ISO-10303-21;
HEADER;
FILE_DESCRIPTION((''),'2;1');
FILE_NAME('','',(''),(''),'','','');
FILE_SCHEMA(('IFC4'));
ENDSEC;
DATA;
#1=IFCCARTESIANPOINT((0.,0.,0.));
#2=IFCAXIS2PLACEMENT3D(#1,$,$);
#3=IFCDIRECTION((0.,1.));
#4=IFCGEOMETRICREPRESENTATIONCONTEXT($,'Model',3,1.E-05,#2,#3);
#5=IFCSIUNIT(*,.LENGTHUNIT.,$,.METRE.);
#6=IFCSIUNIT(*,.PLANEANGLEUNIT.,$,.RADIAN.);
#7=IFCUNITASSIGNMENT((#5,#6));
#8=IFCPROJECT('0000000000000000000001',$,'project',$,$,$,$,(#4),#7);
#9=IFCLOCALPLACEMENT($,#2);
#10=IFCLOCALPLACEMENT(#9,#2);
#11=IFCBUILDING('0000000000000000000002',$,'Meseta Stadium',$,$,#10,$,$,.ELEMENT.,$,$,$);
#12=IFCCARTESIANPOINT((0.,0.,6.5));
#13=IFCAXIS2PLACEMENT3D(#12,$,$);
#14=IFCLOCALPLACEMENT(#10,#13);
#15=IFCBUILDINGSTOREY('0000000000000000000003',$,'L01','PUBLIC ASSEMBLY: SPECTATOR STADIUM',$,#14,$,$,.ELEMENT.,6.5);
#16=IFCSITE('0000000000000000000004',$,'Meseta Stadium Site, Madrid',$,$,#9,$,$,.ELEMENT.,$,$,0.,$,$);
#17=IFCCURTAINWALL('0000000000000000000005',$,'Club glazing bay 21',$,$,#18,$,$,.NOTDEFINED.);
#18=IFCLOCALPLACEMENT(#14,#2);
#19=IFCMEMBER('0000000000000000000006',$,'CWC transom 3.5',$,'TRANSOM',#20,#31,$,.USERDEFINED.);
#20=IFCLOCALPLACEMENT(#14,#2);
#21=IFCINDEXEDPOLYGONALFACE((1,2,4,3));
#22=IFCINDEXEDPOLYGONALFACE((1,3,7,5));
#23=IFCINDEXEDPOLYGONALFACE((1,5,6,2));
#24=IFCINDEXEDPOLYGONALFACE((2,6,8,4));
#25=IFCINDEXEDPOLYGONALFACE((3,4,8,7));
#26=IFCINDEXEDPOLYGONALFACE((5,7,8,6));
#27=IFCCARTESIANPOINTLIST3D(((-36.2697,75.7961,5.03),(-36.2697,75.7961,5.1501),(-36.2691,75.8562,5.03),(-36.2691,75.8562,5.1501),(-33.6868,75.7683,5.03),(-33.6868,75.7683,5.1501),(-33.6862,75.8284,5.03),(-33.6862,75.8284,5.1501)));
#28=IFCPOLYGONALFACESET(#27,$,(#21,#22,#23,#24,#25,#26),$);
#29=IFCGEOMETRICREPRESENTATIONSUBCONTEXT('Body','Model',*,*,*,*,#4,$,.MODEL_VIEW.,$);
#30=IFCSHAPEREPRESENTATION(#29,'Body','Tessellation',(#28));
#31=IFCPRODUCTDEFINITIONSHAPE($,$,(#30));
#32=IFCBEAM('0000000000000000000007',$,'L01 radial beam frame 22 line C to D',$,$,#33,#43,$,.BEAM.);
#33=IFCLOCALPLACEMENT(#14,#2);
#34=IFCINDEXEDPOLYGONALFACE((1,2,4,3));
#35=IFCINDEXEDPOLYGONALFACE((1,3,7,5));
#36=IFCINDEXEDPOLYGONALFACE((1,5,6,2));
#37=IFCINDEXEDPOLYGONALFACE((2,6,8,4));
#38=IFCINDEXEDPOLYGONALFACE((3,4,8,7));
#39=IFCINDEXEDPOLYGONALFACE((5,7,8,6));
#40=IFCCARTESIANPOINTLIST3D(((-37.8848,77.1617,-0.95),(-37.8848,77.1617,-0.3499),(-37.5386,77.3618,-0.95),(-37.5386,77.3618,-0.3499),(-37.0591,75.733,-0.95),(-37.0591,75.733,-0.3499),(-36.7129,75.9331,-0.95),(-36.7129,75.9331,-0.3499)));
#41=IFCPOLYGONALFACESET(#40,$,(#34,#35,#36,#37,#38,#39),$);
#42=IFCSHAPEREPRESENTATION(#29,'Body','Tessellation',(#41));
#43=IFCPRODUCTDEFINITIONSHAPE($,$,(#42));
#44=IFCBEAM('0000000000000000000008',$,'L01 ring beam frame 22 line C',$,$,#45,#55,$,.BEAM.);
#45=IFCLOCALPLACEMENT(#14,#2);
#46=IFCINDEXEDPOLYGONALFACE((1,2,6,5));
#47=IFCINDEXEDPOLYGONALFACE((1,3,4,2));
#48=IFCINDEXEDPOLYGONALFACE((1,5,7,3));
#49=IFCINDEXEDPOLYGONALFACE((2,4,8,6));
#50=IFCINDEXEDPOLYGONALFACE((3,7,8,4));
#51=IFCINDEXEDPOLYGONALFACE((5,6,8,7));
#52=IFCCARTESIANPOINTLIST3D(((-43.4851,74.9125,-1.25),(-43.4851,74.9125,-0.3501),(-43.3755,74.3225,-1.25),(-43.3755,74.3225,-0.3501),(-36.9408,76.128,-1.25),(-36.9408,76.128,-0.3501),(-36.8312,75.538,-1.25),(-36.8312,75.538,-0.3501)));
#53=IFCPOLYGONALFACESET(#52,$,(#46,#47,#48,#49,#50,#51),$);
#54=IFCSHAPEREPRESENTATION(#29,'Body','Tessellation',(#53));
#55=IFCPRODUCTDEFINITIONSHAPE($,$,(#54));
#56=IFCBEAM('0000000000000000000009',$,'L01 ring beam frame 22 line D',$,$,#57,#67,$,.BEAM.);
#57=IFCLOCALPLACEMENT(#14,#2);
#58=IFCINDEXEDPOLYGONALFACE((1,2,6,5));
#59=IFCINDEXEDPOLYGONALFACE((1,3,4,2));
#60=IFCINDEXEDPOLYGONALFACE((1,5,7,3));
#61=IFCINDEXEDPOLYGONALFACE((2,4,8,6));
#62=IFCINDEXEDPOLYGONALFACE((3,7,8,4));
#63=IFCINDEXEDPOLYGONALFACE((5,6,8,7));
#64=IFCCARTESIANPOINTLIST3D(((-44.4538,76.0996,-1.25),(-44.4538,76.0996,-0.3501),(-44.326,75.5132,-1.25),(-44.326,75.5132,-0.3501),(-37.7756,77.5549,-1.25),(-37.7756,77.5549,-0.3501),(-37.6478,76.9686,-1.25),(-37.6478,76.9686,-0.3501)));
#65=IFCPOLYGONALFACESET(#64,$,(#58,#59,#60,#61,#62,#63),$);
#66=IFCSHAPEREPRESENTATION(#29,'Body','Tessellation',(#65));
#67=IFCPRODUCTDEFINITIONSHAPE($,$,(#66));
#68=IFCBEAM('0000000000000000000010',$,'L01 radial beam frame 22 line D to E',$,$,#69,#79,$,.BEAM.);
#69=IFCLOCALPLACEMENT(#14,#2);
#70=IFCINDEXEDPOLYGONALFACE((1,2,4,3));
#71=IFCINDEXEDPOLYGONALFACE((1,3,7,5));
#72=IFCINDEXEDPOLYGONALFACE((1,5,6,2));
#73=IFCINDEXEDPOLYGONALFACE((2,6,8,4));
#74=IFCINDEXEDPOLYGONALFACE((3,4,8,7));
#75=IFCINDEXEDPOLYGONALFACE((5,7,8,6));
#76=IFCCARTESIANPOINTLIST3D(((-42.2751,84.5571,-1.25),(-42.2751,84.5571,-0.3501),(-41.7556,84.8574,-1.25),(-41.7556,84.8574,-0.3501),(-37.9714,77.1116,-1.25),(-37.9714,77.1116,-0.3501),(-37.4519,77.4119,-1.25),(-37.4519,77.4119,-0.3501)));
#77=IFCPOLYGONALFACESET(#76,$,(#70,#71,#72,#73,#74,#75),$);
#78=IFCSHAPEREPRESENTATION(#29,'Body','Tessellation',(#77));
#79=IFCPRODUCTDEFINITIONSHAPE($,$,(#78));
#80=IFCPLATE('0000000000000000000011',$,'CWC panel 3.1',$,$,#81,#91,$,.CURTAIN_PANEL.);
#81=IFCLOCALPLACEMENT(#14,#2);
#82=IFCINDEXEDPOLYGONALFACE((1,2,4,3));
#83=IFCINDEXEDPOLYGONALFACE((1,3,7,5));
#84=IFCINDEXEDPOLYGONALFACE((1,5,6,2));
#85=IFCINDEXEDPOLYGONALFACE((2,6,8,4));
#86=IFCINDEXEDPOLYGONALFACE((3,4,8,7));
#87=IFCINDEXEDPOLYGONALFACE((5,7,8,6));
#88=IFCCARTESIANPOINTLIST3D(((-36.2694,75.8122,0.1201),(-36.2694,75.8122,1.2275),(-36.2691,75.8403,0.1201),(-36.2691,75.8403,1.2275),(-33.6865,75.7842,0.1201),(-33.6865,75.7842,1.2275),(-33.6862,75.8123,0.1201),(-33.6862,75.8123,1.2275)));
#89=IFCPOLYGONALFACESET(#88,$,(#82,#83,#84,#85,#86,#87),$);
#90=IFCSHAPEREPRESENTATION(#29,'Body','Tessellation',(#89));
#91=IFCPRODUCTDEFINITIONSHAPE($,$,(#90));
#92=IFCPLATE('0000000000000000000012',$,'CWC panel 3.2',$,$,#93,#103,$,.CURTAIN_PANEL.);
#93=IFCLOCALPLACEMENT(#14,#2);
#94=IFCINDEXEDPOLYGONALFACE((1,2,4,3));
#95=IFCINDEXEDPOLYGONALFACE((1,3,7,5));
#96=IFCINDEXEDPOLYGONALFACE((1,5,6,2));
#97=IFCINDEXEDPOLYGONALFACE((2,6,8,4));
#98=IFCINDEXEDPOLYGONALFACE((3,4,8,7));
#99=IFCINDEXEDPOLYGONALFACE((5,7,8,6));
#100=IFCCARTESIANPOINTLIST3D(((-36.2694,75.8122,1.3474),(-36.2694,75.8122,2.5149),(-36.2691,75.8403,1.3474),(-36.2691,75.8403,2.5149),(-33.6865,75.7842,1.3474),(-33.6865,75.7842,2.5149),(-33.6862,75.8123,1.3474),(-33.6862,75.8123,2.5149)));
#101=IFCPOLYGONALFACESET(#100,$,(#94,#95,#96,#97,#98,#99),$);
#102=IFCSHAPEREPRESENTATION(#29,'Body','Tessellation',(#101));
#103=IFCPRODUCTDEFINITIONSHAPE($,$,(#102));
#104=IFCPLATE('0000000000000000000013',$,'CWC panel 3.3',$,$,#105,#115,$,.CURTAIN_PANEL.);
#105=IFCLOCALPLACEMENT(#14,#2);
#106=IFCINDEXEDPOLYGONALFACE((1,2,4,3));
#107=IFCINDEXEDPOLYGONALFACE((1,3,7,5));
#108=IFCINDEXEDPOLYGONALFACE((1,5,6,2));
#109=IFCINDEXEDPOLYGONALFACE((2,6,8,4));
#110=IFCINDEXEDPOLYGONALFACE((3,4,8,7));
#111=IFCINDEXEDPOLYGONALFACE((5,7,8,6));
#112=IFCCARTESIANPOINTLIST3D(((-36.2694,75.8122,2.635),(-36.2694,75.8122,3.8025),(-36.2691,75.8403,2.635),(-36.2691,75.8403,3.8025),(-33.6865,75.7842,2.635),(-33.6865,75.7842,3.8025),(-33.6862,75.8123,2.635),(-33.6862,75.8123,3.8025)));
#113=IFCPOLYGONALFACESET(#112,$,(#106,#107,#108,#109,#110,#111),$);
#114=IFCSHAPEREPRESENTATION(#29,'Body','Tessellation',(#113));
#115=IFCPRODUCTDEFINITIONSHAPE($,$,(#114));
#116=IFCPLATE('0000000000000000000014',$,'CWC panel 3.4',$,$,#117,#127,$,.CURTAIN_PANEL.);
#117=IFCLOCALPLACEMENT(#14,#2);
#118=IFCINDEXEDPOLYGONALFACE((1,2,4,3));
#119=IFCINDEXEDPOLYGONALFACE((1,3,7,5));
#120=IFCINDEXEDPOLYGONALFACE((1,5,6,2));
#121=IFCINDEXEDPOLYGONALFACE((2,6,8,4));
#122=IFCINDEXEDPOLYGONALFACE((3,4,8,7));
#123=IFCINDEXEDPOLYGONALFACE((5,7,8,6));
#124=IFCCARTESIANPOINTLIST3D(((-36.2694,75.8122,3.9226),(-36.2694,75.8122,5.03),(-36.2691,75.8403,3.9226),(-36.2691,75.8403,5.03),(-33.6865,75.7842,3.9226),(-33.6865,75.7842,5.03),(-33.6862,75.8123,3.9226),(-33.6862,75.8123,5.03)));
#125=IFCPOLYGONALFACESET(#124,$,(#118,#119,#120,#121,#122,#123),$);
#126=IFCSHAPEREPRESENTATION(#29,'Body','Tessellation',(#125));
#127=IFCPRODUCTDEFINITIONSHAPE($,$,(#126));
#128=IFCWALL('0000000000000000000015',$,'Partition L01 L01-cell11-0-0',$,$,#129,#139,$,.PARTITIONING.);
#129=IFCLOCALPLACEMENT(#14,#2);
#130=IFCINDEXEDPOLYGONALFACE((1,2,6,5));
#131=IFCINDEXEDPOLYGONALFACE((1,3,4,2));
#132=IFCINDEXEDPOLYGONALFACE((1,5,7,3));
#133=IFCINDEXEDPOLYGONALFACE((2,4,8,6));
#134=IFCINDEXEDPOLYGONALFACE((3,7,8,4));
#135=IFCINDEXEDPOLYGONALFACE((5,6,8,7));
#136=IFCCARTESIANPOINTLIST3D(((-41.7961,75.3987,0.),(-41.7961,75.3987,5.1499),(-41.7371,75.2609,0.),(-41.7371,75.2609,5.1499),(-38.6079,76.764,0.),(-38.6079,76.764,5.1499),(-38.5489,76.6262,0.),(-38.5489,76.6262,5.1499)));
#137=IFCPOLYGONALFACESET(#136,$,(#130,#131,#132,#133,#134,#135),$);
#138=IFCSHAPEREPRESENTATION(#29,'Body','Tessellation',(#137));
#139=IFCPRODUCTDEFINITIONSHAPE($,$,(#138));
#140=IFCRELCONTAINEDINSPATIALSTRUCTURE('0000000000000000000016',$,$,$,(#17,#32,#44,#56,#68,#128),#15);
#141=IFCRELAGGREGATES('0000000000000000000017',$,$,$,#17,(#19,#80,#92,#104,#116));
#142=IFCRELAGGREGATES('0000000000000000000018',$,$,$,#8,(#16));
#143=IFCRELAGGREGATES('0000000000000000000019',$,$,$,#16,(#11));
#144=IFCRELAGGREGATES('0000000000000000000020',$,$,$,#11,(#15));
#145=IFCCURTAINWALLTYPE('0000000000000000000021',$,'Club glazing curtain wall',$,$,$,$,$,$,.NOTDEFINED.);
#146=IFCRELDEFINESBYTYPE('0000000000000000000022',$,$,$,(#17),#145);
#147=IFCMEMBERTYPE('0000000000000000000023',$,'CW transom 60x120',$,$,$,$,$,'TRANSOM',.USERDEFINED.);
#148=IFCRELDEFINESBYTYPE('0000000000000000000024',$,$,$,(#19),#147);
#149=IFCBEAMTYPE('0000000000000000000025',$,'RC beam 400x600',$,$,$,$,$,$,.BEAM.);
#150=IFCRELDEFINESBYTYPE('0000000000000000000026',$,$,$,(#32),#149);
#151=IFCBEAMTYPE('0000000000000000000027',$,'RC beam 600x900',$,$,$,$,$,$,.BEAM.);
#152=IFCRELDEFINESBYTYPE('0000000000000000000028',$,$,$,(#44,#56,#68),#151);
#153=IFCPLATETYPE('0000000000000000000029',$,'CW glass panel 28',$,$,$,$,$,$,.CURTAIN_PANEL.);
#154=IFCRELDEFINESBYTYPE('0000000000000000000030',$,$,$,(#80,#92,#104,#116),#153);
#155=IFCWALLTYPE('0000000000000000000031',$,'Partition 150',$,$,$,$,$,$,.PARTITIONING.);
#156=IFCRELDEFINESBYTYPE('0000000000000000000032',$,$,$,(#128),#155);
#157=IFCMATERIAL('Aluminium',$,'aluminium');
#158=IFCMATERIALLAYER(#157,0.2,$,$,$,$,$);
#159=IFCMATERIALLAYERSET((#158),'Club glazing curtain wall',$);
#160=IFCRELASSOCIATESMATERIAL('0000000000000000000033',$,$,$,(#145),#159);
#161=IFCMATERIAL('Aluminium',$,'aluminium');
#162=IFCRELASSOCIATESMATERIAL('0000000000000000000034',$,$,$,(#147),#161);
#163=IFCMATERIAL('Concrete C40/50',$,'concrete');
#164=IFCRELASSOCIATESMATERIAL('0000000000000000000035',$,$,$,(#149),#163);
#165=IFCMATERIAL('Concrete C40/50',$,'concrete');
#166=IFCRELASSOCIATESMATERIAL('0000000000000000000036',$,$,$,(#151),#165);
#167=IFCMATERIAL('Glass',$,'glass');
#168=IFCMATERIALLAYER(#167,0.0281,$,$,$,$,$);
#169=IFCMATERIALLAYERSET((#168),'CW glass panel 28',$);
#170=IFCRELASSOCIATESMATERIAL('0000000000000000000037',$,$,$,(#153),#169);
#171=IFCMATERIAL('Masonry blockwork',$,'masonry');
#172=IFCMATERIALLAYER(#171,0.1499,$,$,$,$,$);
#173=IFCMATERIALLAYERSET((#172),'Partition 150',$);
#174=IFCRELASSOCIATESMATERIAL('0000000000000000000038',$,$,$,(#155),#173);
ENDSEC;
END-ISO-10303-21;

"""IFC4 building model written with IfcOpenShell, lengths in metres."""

from ifc_helpers import new_model, si_unit, direction, frame, frame_2d, origin, origin_2d, place, context, subcontext, project, spatial, rectangle, extrude, material, layer, layer_set, material_profile, profile_set, type_object, element, aggregate, save


model = new_model("IFC4")

# Units and contexts
model_context = context("Model", 3, precision=1e-05, world=origin(), true_north=direction((0.0, 1.0)))
body_context = subcontext(model_context, "Body", "Model", "MODEL_VIEW")
ifc_project = project(units=[si_unit("LENGTHUNIT", "METRE"), si_unit("PLANEANGLEUNIT", "RADIAN")], contexts=[model_context])

# Site, building, storey
site_placement = place(None, origin())
site = spatial("IfcSite", under=ifc_project, at=site_placement, Name="Meseta Stadium Site, Madrid", CompositionType="ELEMENT", RefElevation=0.0)
building_placement = place(site_placement, origin())
building = spatial("IfcBuilding", under=site, at=building_placement, Name="Meseta Stadium", CompositionType="ELEMENT")
storey_placement = place(building_placement, frame((0.0, 0.0, 6.5)))
storey = spatial("IfcBuildingStorey", under=building, at=storey_placement, Name="L01", Description="PUBLIC ASSEMBLY: SPECTATOR STADIUM", CompositionType="ELEMENT", Elevation=6.5)

# Curtain wall, member
ifc_material_1 = material(Name="Aluminium", Category="aluminium")
ifc_layer_1 = layer(ifc_material_1, 0.2)
ifc_layer_set_1 = layer_set([ifc_layer_1], Name="Club glazing curtain wall")
curtain_wall_type = type_object("IfcCurtainWallType", Name="Club glazing curtain wall", PredefinedType="NOTDEFINED", material=ifc_layer_set_1)
curtain_wall_placement = place(storey_placement, origin())
curtain_wall = element("IfcCurtainWall", 1, at=curtain_wall_placement, inside=storey, type_object=curtain_wall_type, Name="Club glazing bay 21", PredefinedType="NOTDEFINED")
ifc_material_2 = material(Name="Aluminium", Category="aluminium")
ifc_material_profile_1 = material_profile(ifc_material_2, rectangle(XDim=0.0601, YDim=0.1201, at=origin_2d()), Name="CW 60x120")
ifc_profile_set_1 = profile_set([ifc_material_profile_1], Name="Aluminium")
member_type_1 = type_object("IfcMemberType", Name="CW transom 60x120", ElementType="TRANSOM", PredefinedType="USERDEFINED", material=ifc_profile_set_1)
member_1_placement = place(storey_placement, frame((-33.6865, 75.7983, 5.0901), z_axis=(-0.999942, 0.010775, 0.0), x_axis=(-0.010775, -0.999942, 0.0)))
member_1 = element("IfcMember", 2, at=member_1_placement, type_object=member_type_1, Name="CWC transom 3.5", ObjectType="TRANSOM", PredefinedType="USERDEFINED", context=body_context, shape_type="SweptSolid", body=[
    extrude(rectangle(XDim=0.0601, YDim=0.1201, at=origin_2d()), origin(), (0.0, 0.0, 1.0), 2.583),
])

# Beams
ifc_material_3 = material(Name="Concrete C40/50", Category="concrete")
ifc_material_profile_2 = material_profile(ifc_material_3, rectangle(XDim=0.3999, YDim=0.6001, at=origin_2d()), Name="RC 400x600")
ifc_profile_set_2 = profile_set([ifc_material_profile_2], Name="Concrete C40/50")
beam_type_1 = type_object("IfcBeamType", Name="RC beam 400x600", PredefinedType="BEAM", material=ifc_profile_set_2)
beam_1_placement = place(storey_placement, frame((-36.886, 75.833, -0.6499), z_axis=(-0.500371, 0.865811, 0.0), x_axis=(-0.865811, -0.500371, 0.0)))
element("IfcBeam", 3, at=beam_1_placement, inside=storey, type_object=beam_type_1, Name="L01 radial beam frame 22 line C to D", PredefinedType="BEAM", context=body_context, shape_type="SweptSolid", body=[
    extrude(rectangle(XDim=0.3999, YDim=0.6001, at=origin_2d()), origin(), (0.0, 0.0, 1.0), 1.6501),
])
ifc_material_4 = material(Name="Concrete C40/50", Category="concrete")
ifc_material_profile_3 = material_profile(ifc_material_4, rectangle(XDim=0.6001, YDim=0.8999, at=origin_2d()), Name="RC 600x900")
ifc_profile_set_3 = profile_set([ifc_material_profile_3], Name="Concrete C40/50")
beam_type_2 = type_object("IfcBeamType", Name="RC beam 600x900", PredefinedType="BEAM", material=ifc_profile_set_3)
beam_2_placement = place(storey_placement, frame((-36.886, 75.833, -0.8), z_axis=(-0.983184, -0.182619, 0.0), x_axis=(0.182619, -0.983184, 0.0)))
element("IfcBeam", 4, at=beam_2_placement, inside=storey, type_object=beam_type_2, Name="L01 ring beam frame 22 line C", PredefinedType="BEAM", context=body_context, shape_type="SweptSolid", body=[
    extrude(rectangle(XDim=0.6001, YDim=0.8999, at=origin_2d()), origin(), (0.0, 0.0, 1.0), 6.6562),
])
beam_3_placement = place(storey_placement, frame((-37.7117, 77.2617, -0.8), z_axis=(-0.977069, -0.212923, 0.0), x_axis=(0.212923, -0.977069, 0.0)))
element("IfcBeam", 5, at=beam_3_placement, inside=storey, type_object=beam_type_2, Name="L01 ring beam frame 22 line D", PredefinedType="BEAM", context=body_context, shape_type="SweptSolid", body=[
    extrude(rectangle(XDim=0.6001, YDim=0.8999, at=origin_2d()), origin(), (0.0, 0.0, 1.0), 6.835),
])
beam_4_placement = place(storey_placement, frame((-37.7117, 77.2617, -0.8), z_axis=(-0.500437, 0.865773, 0.0), x_axis=(-0.865773, -0.500437, 0.0)))
element("IfcBeam", 6, at=beam_4_placement, inside=storey, type_object=beam_type_2, Name="L01 radial beam frame 22 line D to E", PredefinedType="BEAM", context=body_context, shape_type="SweptSolid", body=[
    extrude(rectangle(XDim=0.6001, YDim=0.8999, at=origin_2d()), origin(), (0.0, 0.0, 1.0), 8.5999),
])

# Plates
ifc_material_5 = material(Name="Glass", Category="glass")
ifc_layer_2 = layer(ifc_material_5, 0.0281)
ifc_layer_set_2 = layer_set([ifc_layer_2], Name="CW glass panel 28")
plate_type = type_object("IfcPlateType", Name="CW glass panel 28", PredefinedType="CURTAIN_PANEL", material=ifc_layer_set_2)
plate_1_placement = place(storey_placement, frame((-34.9778, 75.8123, 0.1201), z_axis=(0.0, 0.0, 1.0), x_axis=(-0.999941, 0.010843, 0.0)))
plate_1 = element("IfcPlate", 7, at=plate_1_placement, type_object=plate_type, Name="CWC panel 3.1", PredefinedType="CURTAIN_PANEL", context=body_context, shape_type="SweptSolid", body=[
    extrude(rectangle(XDim=2.583, YDim=0.0281, at=origin_2d()), origin(), (0.0, 0.0, 1.0), 1.1074),
])
plate_2_placement = place(storey_placement, frame((-34.9778, 75.8123, 1.3474), z_axis=(0.0, 0.0, 1.0), x_axis=(-0.999941, 0.010843, 0.0)))
plate_2 = element("IfcPlate", 8, at=plate_2_placement, type_object=plate_type, Name="CWC panel 3.2", PredefinedType="CURTAIN_PANEL", context=body_context, shape_type="SweptSolid", body=[
    extrude(rectangle(XDim=2.583, YDim=0.0281, at=origin_2d()), origin(), (0.0, 0.0, 1.0), 1.1675),
])
plate_3_placement = place(storey_placement, frame((-34.9778, 75.8123, 2.635), z_axis=(0.0, 0.0, 1.0), x_axis=(-0.999941, 0.010843, 0.0)))
plate_3 = element("IfcPlate", 9, at=plate_3_placement, type_object=plate_type, Name="CWC panel 3.3", PredefinedType="CURTAIN_PANEL", context=body_context, shape_type="SweptSolid", body=[
    extrude(rectangle(XDim=2.583, YDim=0.0281, at=origin_2d()), origin(), (0.0, 0.0, 1.0), 1.1675),
])
plate_4_placement = place(storey_placement, frame((-34.9778, 75.8123, 3.9226), z_axis=(0.0, 0.0, 1.0), x_axis=(-0.999941, 0.010843, 0.0)))
plate_4 = element("IfcPlate", 10, at=plate_4_placement, type_object=plate_type, Name="CWC panel 3.4", PredefinedType="CURTAIN_PANEL", context=body_context, shape_type="SweptSolid", body=[
    extrude(rectangle(XDim=2.583, YDim=0.0281, at=origin_2d()), origin(), (0.0, 0.0, 1.0), 1.1074),
])
aggregate(curtain_wall, [member_1, plate_1, plate_2, plate_3, plate_4])

# Wall
ifc_material_6 = material(Name="Masonry blockwork", Category="masonry")
ifc_layer_3 = layer(ifc_material_6, 0.1499)
ifc_layer_set_3 = layer_set([ifc_layer_3], Name="Partition 150")
wall_type = type_object("IfcWallType", Name="Partition 150", PredefinedType="PARTITIONING", material=ifc_layer_set_3)
wall_placement = place(storey_placement, frame((-38.5784, 76.6951, 0.0), z_axis=(0.0, 0.0, 1.0), x_axis=(-0.919265, -0.393639, 0.0)))
element("IfcWall", 11, at=wall_placement, inside=storey, type_object=wall_type, Name="Partition L01 L01-cell11-0-0", PredefinedType="PARTITIONING", context=body_context, shape_type="SweptSolid", body=[
    extrude(rectangle(XDim=3.4683, YDim=0.1499, at=frame_2d((1.7341, 0.0))), origin(), (0.0, 0.0, 1.0), 5.1499),
])

save(model, "model.ifc")
